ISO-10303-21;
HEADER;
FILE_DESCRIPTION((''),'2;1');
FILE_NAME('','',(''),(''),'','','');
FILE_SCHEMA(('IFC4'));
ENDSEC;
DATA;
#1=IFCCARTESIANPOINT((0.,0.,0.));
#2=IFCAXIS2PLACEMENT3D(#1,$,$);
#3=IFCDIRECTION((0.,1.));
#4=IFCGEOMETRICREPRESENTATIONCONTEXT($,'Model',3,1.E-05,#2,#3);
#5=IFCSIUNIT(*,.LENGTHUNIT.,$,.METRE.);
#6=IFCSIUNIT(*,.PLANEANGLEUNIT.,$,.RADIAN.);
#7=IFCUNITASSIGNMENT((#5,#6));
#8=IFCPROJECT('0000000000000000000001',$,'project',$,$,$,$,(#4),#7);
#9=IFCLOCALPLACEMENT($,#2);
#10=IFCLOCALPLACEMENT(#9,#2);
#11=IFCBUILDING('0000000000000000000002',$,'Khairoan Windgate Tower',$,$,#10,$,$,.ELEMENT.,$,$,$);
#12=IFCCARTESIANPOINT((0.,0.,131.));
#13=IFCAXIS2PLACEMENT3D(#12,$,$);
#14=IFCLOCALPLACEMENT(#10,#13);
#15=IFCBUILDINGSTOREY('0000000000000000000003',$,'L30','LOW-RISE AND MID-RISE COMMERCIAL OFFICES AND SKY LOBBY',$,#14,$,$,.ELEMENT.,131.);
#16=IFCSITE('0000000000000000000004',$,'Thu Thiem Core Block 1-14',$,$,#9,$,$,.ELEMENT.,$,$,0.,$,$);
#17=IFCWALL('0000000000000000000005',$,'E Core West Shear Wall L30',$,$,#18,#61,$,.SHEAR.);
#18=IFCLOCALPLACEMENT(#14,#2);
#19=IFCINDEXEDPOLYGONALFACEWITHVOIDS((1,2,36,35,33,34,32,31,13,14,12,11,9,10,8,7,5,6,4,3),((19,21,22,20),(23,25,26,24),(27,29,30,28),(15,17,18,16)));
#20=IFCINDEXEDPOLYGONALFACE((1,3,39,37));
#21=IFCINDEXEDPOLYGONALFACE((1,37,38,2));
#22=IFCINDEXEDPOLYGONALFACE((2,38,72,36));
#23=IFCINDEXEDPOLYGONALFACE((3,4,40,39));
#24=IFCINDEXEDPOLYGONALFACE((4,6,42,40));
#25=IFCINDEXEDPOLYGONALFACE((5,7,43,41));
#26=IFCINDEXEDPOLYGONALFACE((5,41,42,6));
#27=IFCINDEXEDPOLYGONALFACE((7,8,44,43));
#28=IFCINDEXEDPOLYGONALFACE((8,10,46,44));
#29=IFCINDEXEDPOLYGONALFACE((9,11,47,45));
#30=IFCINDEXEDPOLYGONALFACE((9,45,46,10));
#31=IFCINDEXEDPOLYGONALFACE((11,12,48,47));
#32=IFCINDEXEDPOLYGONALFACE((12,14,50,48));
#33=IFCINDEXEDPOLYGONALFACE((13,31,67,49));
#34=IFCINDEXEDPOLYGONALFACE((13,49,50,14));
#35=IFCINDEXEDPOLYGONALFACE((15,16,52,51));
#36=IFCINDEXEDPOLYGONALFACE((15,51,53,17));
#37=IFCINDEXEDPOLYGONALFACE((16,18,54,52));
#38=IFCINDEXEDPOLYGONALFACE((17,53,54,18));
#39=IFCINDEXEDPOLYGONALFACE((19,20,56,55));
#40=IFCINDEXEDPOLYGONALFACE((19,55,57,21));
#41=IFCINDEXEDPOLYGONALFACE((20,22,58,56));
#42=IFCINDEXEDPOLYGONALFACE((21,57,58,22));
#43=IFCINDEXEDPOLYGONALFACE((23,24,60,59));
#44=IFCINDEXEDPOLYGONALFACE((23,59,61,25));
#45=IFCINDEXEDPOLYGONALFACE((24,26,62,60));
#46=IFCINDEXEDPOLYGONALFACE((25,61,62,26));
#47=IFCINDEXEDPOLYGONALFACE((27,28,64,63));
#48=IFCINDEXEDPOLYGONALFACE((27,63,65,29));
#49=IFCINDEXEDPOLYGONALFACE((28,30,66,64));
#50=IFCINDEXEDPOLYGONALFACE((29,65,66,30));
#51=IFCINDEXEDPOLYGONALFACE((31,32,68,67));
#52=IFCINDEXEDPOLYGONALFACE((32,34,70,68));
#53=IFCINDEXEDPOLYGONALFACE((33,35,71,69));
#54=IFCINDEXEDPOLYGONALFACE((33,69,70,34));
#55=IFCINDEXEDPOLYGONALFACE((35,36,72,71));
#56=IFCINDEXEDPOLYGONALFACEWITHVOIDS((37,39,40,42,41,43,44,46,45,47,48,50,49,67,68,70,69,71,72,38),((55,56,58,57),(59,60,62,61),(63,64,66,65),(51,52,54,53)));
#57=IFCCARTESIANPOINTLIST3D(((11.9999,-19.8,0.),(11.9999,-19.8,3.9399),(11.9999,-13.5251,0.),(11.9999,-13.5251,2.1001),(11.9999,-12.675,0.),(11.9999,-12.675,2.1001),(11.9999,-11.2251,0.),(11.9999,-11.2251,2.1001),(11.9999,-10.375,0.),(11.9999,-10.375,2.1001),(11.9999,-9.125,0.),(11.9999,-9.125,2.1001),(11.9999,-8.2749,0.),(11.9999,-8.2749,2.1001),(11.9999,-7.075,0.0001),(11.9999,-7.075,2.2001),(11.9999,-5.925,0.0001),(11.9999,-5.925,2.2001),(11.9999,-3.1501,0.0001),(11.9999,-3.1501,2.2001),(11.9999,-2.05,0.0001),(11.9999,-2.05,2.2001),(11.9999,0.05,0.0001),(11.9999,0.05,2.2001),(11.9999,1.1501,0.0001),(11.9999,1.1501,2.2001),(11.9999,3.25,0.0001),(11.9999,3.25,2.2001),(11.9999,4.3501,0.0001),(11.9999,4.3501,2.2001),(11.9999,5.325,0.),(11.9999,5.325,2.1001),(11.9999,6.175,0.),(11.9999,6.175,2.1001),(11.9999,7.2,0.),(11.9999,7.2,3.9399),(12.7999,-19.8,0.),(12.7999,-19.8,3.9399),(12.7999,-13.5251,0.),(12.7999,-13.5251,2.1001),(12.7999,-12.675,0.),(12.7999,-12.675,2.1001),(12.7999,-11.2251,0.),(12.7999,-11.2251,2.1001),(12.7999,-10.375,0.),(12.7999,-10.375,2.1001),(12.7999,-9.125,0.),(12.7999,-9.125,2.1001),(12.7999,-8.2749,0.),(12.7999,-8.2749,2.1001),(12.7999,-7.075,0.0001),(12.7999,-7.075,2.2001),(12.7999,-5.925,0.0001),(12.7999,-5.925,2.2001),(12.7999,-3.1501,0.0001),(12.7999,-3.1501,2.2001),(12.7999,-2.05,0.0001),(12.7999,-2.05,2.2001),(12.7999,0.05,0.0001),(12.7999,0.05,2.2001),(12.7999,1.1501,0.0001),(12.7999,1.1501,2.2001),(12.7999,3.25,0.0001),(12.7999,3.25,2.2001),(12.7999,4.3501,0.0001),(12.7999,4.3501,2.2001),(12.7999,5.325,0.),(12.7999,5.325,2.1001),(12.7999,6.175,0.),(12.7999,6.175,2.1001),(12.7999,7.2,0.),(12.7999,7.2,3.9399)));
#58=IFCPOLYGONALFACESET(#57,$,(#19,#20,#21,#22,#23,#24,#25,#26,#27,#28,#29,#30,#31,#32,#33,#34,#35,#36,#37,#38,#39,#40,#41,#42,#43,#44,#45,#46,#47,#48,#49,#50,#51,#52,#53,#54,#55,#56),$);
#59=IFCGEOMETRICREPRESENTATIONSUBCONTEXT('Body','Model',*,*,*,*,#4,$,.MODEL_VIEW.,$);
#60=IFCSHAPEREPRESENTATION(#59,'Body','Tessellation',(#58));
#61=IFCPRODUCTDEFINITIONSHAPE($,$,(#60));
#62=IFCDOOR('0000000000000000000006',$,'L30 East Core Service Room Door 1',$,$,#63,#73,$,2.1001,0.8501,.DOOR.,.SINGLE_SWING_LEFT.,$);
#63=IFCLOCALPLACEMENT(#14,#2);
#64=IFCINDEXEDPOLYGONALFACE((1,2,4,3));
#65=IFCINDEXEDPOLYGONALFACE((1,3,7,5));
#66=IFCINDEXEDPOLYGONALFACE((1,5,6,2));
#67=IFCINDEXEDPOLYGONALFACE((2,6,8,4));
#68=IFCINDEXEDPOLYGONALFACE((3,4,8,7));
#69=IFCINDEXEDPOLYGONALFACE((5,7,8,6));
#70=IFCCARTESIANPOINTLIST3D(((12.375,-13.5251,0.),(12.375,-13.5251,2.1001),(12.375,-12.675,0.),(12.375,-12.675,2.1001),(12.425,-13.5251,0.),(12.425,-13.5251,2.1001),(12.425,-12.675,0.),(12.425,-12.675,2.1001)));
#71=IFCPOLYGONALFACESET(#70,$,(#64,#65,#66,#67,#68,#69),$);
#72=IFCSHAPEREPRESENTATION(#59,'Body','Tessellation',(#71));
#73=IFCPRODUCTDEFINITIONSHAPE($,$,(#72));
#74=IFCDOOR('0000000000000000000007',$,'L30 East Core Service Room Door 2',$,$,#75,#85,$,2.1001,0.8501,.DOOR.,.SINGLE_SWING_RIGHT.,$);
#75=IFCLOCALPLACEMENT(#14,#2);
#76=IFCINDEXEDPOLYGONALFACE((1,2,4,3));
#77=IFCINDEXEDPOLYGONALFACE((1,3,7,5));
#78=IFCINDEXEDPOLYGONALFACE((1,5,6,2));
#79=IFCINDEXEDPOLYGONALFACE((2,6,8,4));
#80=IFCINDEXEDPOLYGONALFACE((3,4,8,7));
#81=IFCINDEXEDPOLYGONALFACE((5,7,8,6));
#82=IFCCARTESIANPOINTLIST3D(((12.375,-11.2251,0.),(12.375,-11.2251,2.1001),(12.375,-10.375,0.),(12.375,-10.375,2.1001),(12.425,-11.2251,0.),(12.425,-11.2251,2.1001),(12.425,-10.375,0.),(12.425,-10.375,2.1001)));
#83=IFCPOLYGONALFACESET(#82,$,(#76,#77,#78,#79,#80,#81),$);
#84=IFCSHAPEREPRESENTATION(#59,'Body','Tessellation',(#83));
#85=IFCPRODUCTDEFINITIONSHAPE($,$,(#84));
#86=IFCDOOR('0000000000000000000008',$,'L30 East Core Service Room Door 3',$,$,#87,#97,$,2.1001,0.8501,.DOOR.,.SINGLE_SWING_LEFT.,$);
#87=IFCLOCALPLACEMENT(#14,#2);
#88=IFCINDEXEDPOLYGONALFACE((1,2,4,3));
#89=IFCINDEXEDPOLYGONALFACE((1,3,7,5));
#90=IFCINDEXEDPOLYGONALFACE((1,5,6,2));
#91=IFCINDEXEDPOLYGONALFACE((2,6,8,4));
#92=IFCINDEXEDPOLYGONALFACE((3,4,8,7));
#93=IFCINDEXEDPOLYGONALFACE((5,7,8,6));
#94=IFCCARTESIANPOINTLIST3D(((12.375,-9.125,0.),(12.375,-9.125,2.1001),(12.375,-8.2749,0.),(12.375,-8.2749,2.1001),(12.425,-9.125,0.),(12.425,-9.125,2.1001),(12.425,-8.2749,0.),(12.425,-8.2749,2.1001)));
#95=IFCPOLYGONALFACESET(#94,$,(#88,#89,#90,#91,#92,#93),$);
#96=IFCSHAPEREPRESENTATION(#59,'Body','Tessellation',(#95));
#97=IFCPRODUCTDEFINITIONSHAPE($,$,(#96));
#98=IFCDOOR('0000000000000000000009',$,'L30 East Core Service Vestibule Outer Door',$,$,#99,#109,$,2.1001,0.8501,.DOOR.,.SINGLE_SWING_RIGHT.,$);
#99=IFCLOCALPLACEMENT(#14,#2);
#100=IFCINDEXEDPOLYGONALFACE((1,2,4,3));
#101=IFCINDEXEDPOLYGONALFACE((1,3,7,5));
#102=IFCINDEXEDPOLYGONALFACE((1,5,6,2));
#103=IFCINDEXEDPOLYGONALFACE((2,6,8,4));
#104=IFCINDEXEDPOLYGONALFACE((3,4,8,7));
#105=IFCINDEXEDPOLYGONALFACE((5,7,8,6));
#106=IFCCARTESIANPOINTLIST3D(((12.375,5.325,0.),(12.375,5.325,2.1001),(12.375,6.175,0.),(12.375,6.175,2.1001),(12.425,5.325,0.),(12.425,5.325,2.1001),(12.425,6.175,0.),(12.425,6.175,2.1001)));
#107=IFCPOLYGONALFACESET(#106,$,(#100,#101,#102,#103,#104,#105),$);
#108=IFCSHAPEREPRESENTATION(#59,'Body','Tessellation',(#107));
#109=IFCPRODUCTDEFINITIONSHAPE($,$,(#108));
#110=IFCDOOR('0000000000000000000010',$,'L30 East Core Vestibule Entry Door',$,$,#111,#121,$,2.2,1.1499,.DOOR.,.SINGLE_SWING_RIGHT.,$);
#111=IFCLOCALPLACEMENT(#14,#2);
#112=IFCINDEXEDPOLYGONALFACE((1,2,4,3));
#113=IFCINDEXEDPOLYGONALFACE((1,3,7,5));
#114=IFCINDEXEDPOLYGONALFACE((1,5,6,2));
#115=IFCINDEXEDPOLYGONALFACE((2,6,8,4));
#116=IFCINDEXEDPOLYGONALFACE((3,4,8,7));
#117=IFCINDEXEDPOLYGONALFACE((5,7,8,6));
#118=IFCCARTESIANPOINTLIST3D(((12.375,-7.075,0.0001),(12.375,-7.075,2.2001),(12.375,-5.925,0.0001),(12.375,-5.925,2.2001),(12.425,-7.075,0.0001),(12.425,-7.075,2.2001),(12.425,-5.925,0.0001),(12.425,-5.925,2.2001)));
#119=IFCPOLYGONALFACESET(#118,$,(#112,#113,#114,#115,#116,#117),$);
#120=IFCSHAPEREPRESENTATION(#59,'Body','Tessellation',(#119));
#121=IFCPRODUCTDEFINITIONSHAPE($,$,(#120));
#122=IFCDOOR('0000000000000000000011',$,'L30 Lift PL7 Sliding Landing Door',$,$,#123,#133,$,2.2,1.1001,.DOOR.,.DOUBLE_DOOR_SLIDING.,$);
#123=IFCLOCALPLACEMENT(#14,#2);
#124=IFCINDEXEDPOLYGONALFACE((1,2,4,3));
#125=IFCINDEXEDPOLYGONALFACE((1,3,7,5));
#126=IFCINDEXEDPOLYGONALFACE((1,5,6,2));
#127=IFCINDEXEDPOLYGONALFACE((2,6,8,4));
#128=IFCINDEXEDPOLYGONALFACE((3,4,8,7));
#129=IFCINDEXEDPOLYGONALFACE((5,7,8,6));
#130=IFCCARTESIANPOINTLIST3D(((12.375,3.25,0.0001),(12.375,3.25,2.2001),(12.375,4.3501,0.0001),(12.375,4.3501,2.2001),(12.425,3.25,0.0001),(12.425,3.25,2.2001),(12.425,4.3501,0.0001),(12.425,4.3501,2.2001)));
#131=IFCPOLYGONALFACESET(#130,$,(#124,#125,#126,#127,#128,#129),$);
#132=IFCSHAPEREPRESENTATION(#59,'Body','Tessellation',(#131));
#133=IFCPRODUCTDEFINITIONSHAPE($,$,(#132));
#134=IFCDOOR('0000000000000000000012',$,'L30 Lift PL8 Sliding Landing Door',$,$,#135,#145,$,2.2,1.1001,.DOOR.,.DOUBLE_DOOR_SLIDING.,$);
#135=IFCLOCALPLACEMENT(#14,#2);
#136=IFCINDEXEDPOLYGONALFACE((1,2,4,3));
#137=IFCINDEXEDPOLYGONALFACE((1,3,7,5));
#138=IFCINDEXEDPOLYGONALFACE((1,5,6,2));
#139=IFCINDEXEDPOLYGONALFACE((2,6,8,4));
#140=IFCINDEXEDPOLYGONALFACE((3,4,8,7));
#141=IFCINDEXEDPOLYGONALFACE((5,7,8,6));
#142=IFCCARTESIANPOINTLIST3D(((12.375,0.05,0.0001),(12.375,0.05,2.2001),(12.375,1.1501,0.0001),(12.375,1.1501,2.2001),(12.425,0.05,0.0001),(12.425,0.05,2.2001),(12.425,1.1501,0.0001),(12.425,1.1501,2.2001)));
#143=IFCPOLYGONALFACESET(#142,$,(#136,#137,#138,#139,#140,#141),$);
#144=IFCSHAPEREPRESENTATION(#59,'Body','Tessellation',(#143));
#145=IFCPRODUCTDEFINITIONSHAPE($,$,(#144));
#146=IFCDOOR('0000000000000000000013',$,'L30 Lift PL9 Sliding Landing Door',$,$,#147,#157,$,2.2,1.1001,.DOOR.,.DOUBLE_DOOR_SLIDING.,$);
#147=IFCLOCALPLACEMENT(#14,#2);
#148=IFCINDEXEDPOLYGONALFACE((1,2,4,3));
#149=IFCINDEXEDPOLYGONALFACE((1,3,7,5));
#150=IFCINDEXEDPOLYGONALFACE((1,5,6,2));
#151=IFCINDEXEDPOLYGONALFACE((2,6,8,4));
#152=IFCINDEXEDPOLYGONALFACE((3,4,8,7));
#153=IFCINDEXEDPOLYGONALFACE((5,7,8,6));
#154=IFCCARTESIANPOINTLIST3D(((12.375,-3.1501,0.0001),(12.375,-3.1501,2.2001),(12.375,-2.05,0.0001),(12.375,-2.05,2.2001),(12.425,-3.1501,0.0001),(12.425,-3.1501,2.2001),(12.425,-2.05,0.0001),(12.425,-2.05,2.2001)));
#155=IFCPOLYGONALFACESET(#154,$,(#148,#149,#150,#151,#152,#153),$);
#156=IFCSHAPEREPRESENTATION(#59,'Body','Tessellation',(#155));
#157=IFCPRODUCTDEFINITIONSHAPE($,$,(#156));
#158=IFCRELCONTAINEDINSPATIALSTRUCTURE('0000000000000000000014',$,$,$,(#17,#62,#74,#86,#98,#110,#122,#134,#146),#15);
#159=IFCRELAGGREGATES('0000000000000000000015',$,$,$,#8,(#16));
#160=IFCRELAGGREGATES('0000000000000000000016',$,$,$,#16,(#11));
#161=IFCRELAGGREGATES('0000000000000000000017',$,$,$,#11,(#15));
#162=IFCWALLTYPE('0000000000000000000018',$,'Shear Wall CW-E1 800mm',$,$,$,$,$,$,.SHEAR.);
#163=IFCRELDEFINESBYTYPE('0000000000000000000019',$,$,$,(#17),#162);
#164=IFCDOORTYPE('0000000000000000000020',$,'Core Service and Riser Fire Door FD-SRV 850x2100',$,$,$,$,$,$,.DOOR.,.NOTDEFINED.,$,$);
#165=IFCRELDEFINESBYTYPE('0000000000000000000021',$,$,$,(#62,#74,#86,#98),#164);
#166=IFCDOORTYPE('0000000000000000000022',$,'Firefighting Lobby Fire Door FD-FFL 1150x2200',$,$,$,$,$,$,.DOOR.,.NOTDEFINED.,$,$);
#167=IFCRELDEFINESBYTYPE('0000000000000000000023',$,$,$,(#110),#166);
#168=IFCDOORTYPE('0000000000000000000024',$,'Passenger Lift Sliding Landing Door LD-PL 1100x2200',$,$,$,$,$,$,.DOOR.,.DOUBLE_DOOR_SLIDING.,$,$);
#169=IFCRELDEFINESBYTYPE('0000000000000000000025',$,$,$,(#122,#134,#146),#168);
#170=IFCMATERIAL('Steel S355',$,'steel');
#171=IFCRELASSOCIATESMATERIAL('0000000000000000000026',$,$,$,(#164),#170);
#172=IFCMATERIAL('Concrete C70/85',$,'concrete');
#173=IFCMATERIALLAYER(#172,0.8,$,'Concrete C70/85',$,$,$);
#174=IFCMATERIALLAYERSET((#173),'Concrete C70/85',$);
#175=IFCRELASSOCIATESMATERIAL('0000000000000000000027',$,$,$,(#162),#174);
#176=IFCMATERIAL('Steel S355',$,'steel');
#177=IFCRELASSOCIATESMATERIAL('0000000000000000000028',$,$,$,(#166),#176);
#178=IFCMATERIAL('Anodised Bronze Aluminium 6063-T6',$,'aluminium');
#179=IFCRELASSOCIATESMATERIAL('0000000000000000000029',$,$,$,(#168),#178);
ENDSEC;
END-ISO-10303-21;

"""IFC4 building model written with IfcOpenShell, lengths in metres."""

from ifc_helpers import new_model, si_unit, direction, frame, frame_2d, origin, place, context, subcontext, project, spatial, rectangle, extrude, material, layer, layer_set, type_object, element, fill, save


model = new_model("IFC4")

# Units and contexts
model_context = context("Model", 3, precision=1e-05, world=origin(), true_north=direction((0.0, 1.0)))
body_context = subcontext(model_context, "Body", "Model", "MODEL_VIEW")
ifc_project = project(units=[si_unit("LENGTHUNIT", "METRE"), si_unit("PLANEANGLEUNIT", "RADIAN")], contexts=[model_context])

# Site, building, storey
site_placement = place(None, origin())
site = spatial("IfcSite", under=ifc_project, at=site_placement, Name="Thu Thiem Core Block 1-14", CompositionType="ELEMENT", RefElevation=0.0)
building_placement = place(site_placement, origin())
building = spatial("IfcBuilding", under=site, at=building_placement, Name="Khairoan Windgate Tower", CompositionType="ELEMENT")
storey_placement = place(building_placement, frame((0.0, 0.0, 131.0)))
storey = spatial("IfcBuildingStorey", under=building, at=storey_placement, Name="L30", Description="LOW-RISE AND MID-RISE COMMERCIAL OFFICES AND SKY LOBBY", CompositionType="ELEMENT", Elevation=131.0)

# Shared definitions
ifc_material_1 = material(Name="Steel S355", Category="steel")
door_type_1 = type_object("IfcDoorType", Name="Core Service and Riser Fire Door FD-SRV 850x2100", OperationType="NOTDEFINED", PredefinedType="DOOR", material=ifc_material_1)

# Wall, openings, doors
ifc_material_2 = material(Name="Concrete C70/85", Category="concrete")
ifc_layer_1 = layer(ifc_material_2, 0.8, Name="Concrete C70/85")
ifc_layer_set_1 = layer_set([ifc_layer_1], Name="Concrete C70/85")
wall_type_1 = type_object("IfcWallType", Name="Shear Wall CW-E1 800mm", PredefinedType="SHEAR", material=ifc_layer_set_1)
wall_1_placement = place(storey_placement, frame((12.3999, -19.8, 0.0), z_axis=(0.0, 0.0, 1.0), x_axis=(0.0, 1.0, 0.0)))
wall_1 = element("IfcWall", 1, at=wall_1_placement, inside=storey, type_object=wall_type_1, Name="E Core West Shear Wall L30", PredefinedType="SHEAR", context=body_context, shape_type="SweptSolid", body=[
    extrude(rectangle(XDim=27.0, YDim=0.8, at=frame_2d((13.5, 0.0))), origin(), (0.0, 0.0, 1.0), 3.9399),
])
opening_1_placement = place(wall_1_placement, frame((23.05, 0.0, 0.0)))
opening_1 = element("IfcOpeningElement", 2, at=opening_1_placement, cuts=wall_1, PredefinedType="OPENING", context=body_context, shape_type="SweptSolid", body=[
    extrude(rectangle(XDim=1.1001, YDim=2.2, at=frame_2d((0.55, 1.1001))), frame((0.0, 0.4099, 0.0), z_axis=(0.0, -1.0, 0.0), x_axis=(1.0, 0.0, 0.0)), (0.0, 0.0, 1.0), 0.8201),
])
opening_2_placement = place(wall_1_placement, frame((19.8501, 0.0, 0.0)))
opening_2 = element("IfcOpeningElement", 3, at=opening_2_placement, cuts=wall_1, PredefinedType="OPENING", context=body_context, shape_type="SweptSolid", body=[
    extrude(rectangle(XDim=1.1001, YDim=2.2, at=frame_2d((0.55, 1.1001))), frame((0.0, 0.4099, 0.0), z_axis=(0.0, -1.0, 0.0), x_axis=(1.0, 0.0, 0.0)), (0.0, 0.0, 1.0), 0.8201),
])
opening_3_placement = place(wall_1_placement, frame((16.6499, 0.0, 0.0)))
opening_3 = element("IfcOpeningElement", 4, at=opening_3_placement, cuts=wall_1, PredefinedType="OPENING", context=body_context, shape_type="SweptSolid", body=[
    extrude(rectangle(XDim=1.1001, YDim=2.2, at=frame_2d((0.55, 1.1001))), frame((0.0, 0.4099, 0.0), z_axis=(0.0, -1.0, 0.0), x_axis=(1.0, 0.0, 0.0)), (0.0, 0.0, 1.0), 0.8201),
])
opening_4_placement = place(wall_1_placement, frame((6.2749, 0.0, 0.0)))
opening_4 = element("IfcOpeningElement", 5, at=opening_4_placement, cuts=wall_1, PredefinedType="OPENING", context=body_context, shape_type="SweptSolid", body=[
    extrude(rectangle(XDim=0.8501, YDim=2.1001, at=frame_2d((0.425, 1.05))), frame((0.0, 0.4099, 0.0), z_axis=(0.0, -1.0, 0.0), x_axis=(1.0, 0.0, 0.0)), (0.0, 0.0, 1.0), 0.8201),
])
opening_5_placement = place(wall_1_placement, frame((8.575, 0.0, 0.0)))
opening_5 = element("IfcOpeningElement", 6, at=opening_5_placement, cuts=wall_1, PredefinedType="OPENING", context=body_context, shape_type="SweptSolid", body=[
    extrude(rectangle(XDim=0.8501, YDim=2.1001, at=frame_2d((0.425, 1.05))), frame((0.0, 0.4099, 0.0), z_axis=(0.0, -1.0, 0.0), x_axis=(1.0, 0.0, 0.0)), (0.0, 0.0, 1.0), 0.8201),
])
opening_6_placement = place(wall_1_placement, frame((10.675, 0.0, 0.0)))
opening_6 = element("IfcOpeningElement", 7, at=opening_6_placement, cuts=wall_1, PredefinedType="OPENING", context=body_context, shape_type="SweptSolid", body=[
    extrude(rectangle(XDim=0.8501, YDim=2.1001, at=frame_2d((0.425, 1.05))), frame((0.0, 0.4099, 0.0), z_axis=(0.0, -1.0, 0.0), x_axis=(1.0, 0.0, 0.0)), (0.0, 0.0, 1.0), 0.8201),
])
opening_7_placement = place(wall_1_placement, frame((12.7251, 0.0, 0.0)))
opening_7 = element("IfcOpeningElement", 8, at=opening_7_placement, cuts=wall_1, PredefinedType="OPENING", context=body_context, shape_type="SweptSolid", body=[
    extrude(rectangle(XDim=1.1499, YDim=2.2, at=frame_2d((0.575, 1.1001))), frame((0.0, 0.4099, 0.0), z_axis=(0.0, -1.0, 0.0), x_axis=(1.0, 0.0, 0.0)), (0.0, 0.0, 1.0), 0.8201),
])
opening_8_placement = place(wall_1_placement, frame((25.125, 0.0, 0.0)))
opening_8 = element("IfcOpeningElement", 9, at=opening_8_placement, cuts=wall_1, PredefinedType="OPENING", context=body_context, shape_type="SweptSolid", body=[
    extrude(rectangle(XDim=0.8501, YDim=2.1001, at=frame_2d((0.425, 1.05))), frame((0.0, 0.4099, 0.0), z_axis=(0.0, -1.0, 0.0), x_axis=(1.0, 0.0, 0.0)), (0.0, 0.0, 1.0), 0.8201),
])
door_1_placement = place(opening_4_placement, origin())
door_1 = element("IfcDoor", 10, at=door_1_placement, inside=storey, type_object=door_type_1, Name="L30 East Core Service Room Door 1", OperationType="SINGLE_SWING_LEFT", OverallHeight=2.1001, OverallWidth=0.8501, PredefinedType="DOOR", context=body_context, shape_type="SweptSolid", body=[
    extrude(rectangle(XDim=0.8501, YDim=2.1001, at=frame_2d((0.425, 1.05))), frame((0.0, 0.0249, 0.0), z_axis=(0.0, -1.0, 0.0), x_axis=(1.0, 0.0, 0.0)), (0.0, 0.0, 1.0), 0.05),
])
fill(opening_4, door_1)
door_2_placement = place(opening_5_placement, origin())
door_2 = element("IfcDoor", 11, at=door_2_placement, inside=storey, type_object=door_type_1, Name="L30 East Core Service Room Door 2", OperationType="SINGLE_SWING_RIGHT", OverallHeight=2.1001, OverallWidth=0.8501, PredefinedType="DOOR", context=body_context, shape_type="SweptSolid", body=[
    extrude(rectangle(XDim=0.8501, YDim=2.1001, at=frame_2d((0.425, 1.05))), frame((0.0, 0.0249, 0.0), z_axis=(0.0, -1.0, 0.0), x_axis=(1.0, 0.0, 0.0)), (0.0, 0.0, 1.0), 0.05),
])
fill(opening_5, door_2)
door_3_placement = place(opening_6_placement, origin())
door_3 = element("IfcDoor", 12, at=door_3_placement, inside=storey, type_object=door_type_1, Name="L30 East Core Service Room Door 3", OperationType="SINGLE_SWING_LEFT", OverallHeight=2.1001, OverallWidth=0.8501, PredefinedType="DOOR", context=body_context, shape_type="SweptSolid", body=[
    extrude(rectangle(XDim=0.8501, YDim=2.1001, at=frame_2d((0.425, 1.05))), frame((0.0, 0.0249, 0.0), z_axis=(0.0, -1.0, 0.0), x_axis=(1.0, 0.0, 0.0)), (0.0, 0.0, 1.0), 0.05),
])
fill(opening_6, door_3)
door_4_placement = place(opening_8_placement, origin())
door_4 = element("IfcDoor", 13, at=door_4_placement, inside=storey, type_object=door_type_1, Name="L30 East Core Service Vestibule Outer Door", OperationType="SINGLE_SWING_RIGHT", OverallHeight=2.1001, OverallWidth=0.8501, PredefinedType="DOOR", context=body_context, shape_type="SweptSolid", body=[
    extrude(rectangle(XDim=0.8501, YDim=2.1001, at=frame_2d((0.425, 1.05))), frame((0.0, 0.0249, 0.0), z_axis=(0.0, -1.0, 0.0), x_axis=(1.0, 0.0, 0.0)), (0.0, 0.0, 1.0), 0.05),
])
fill(opening_8, door_4)
ifc_material_3 = material(Name="Steel S355", Category="steel")
door_type_2 = type_object("IfcDoorType", Name="Firefighting Lobby Fire Door FD-FFL 1150x2200", OperationType="NOTDEFINED", PredefinedType="DOOR", material=ifc_material_3)
door_5_placement = place(opening_7_placement, origin())
door_5 = element("IfcDoor", 14, at=door_5_placement, inside=storey, type_object=door_type_2, Name="L30 East Core Vestibule Entry Door", OperationType="SINGLE_SWING_RIGHT", OverallHeight=2.2, OverallWidth=1.1499, PredefinedType="DOOR", context=body_context, shape_type="SweptSolid", body=[
    extrude(rectangle(XDim=1.1499, YDim=2.2, at=frame_2d((0.575, 1.1001))), frame((0.0, 0.0249, 0.0), z_axis=(0.0, -1.0, 0.0), x_axis=(1.0, 0.0, 0.0)), (0.0, 0.0, 1.0), 0.05),
])
fill(opening_7, door_5)
ifc_material_4 = material(Name="Anodised Bronze Aluminium 6063-T6", Category="aluminium")
door_type_3 = type_object("IfcDoorType", Name="Passenger Lift Sliding Landing Door LD-PL 1100x2200", OperationType="DOUBLE_DOOR_SLIDING", PredefinedType="DOOR", material=ifc_material_4)
door_6_placement = place(opening_1_placement, origin())
door_6 = element("IfcDoor", 15, at=door_6_placement, inside=storey, type_object=door_type_3, Name="L30 Lift PL7 Sliding Landing Door", OperationType="DOUBLE_DOOR_SLIDING", OverallHeight=2.2, OverallWidth=1.1001, PredefinedType="DOOR", context=body_context, shape_type="SweptSolid", body=[
    extrude(rectangle(XDim=1.1001, YDim=2.2, at=frame_2d((0.55, 1.1001))), frame((0.0, 0.0249, 0.0), z_axis=(0.0, -1.0, 0.0), x_axis=(1.0, 0.0, 0.0)), (0.0, 0.0, 1.0), 0.05),
])
fill(opening_1, door_6)
door_7_placement = place(opening_2_placement, origin())
door_7 = element("IfcDoor", 16, at=door_7_placement, inside=storey, type_object=door_type_3, Name="L30 Lift PL8 Sliding Landing Door", OperationType="DOUBLE_DOOR_SLIDING", OverallHeight=2.2, OverallWidth=1.1001, PredefinedType="DOOR", context=body_context, shape_type="SweptSolid", body=[
    extrude(rectangle(XDim=1.1001, YDim=2.2, at=frame_2d((0.55, 1.1001))), frame((0.0, 0.0249, 0.0), z_axis=(0.0, -1.0, 0.0), x_axis=(1.0, 0.0, 0.0)), (0.0, 0.0, 1.0), 0.05),
])
fill(opening_2, door_7)
door_8_placement = place(opening_3_placement, origin())
door_8 = element("IfcDoor", 17, at=door_8_placement, inside=storey, type_object=door_type_3, Name="L30 Lift PL9 Sliding Landing Door", OperationType="DOUBLE_DOOR_SLIDING", OverallHeight=2.2, OverallWidth=1.1001, PredefinedType="DOOR", context=body_context, shape_type="SweptSolid", body=[
    extrude(rectangle(XDim=1.1001, YDim=2.2, at=frame_2d((0.55, 1.1001))), frame((0.0, 0.0249, 0.0), z_axis=(0.0, -1.0, 0.0), x_axis=(1.0, 0.0, 0.0)), (0.0, 0.0, 1.0), 0.05),
])
fill(opening_3, door_8)

save(model, "model.ifc")
